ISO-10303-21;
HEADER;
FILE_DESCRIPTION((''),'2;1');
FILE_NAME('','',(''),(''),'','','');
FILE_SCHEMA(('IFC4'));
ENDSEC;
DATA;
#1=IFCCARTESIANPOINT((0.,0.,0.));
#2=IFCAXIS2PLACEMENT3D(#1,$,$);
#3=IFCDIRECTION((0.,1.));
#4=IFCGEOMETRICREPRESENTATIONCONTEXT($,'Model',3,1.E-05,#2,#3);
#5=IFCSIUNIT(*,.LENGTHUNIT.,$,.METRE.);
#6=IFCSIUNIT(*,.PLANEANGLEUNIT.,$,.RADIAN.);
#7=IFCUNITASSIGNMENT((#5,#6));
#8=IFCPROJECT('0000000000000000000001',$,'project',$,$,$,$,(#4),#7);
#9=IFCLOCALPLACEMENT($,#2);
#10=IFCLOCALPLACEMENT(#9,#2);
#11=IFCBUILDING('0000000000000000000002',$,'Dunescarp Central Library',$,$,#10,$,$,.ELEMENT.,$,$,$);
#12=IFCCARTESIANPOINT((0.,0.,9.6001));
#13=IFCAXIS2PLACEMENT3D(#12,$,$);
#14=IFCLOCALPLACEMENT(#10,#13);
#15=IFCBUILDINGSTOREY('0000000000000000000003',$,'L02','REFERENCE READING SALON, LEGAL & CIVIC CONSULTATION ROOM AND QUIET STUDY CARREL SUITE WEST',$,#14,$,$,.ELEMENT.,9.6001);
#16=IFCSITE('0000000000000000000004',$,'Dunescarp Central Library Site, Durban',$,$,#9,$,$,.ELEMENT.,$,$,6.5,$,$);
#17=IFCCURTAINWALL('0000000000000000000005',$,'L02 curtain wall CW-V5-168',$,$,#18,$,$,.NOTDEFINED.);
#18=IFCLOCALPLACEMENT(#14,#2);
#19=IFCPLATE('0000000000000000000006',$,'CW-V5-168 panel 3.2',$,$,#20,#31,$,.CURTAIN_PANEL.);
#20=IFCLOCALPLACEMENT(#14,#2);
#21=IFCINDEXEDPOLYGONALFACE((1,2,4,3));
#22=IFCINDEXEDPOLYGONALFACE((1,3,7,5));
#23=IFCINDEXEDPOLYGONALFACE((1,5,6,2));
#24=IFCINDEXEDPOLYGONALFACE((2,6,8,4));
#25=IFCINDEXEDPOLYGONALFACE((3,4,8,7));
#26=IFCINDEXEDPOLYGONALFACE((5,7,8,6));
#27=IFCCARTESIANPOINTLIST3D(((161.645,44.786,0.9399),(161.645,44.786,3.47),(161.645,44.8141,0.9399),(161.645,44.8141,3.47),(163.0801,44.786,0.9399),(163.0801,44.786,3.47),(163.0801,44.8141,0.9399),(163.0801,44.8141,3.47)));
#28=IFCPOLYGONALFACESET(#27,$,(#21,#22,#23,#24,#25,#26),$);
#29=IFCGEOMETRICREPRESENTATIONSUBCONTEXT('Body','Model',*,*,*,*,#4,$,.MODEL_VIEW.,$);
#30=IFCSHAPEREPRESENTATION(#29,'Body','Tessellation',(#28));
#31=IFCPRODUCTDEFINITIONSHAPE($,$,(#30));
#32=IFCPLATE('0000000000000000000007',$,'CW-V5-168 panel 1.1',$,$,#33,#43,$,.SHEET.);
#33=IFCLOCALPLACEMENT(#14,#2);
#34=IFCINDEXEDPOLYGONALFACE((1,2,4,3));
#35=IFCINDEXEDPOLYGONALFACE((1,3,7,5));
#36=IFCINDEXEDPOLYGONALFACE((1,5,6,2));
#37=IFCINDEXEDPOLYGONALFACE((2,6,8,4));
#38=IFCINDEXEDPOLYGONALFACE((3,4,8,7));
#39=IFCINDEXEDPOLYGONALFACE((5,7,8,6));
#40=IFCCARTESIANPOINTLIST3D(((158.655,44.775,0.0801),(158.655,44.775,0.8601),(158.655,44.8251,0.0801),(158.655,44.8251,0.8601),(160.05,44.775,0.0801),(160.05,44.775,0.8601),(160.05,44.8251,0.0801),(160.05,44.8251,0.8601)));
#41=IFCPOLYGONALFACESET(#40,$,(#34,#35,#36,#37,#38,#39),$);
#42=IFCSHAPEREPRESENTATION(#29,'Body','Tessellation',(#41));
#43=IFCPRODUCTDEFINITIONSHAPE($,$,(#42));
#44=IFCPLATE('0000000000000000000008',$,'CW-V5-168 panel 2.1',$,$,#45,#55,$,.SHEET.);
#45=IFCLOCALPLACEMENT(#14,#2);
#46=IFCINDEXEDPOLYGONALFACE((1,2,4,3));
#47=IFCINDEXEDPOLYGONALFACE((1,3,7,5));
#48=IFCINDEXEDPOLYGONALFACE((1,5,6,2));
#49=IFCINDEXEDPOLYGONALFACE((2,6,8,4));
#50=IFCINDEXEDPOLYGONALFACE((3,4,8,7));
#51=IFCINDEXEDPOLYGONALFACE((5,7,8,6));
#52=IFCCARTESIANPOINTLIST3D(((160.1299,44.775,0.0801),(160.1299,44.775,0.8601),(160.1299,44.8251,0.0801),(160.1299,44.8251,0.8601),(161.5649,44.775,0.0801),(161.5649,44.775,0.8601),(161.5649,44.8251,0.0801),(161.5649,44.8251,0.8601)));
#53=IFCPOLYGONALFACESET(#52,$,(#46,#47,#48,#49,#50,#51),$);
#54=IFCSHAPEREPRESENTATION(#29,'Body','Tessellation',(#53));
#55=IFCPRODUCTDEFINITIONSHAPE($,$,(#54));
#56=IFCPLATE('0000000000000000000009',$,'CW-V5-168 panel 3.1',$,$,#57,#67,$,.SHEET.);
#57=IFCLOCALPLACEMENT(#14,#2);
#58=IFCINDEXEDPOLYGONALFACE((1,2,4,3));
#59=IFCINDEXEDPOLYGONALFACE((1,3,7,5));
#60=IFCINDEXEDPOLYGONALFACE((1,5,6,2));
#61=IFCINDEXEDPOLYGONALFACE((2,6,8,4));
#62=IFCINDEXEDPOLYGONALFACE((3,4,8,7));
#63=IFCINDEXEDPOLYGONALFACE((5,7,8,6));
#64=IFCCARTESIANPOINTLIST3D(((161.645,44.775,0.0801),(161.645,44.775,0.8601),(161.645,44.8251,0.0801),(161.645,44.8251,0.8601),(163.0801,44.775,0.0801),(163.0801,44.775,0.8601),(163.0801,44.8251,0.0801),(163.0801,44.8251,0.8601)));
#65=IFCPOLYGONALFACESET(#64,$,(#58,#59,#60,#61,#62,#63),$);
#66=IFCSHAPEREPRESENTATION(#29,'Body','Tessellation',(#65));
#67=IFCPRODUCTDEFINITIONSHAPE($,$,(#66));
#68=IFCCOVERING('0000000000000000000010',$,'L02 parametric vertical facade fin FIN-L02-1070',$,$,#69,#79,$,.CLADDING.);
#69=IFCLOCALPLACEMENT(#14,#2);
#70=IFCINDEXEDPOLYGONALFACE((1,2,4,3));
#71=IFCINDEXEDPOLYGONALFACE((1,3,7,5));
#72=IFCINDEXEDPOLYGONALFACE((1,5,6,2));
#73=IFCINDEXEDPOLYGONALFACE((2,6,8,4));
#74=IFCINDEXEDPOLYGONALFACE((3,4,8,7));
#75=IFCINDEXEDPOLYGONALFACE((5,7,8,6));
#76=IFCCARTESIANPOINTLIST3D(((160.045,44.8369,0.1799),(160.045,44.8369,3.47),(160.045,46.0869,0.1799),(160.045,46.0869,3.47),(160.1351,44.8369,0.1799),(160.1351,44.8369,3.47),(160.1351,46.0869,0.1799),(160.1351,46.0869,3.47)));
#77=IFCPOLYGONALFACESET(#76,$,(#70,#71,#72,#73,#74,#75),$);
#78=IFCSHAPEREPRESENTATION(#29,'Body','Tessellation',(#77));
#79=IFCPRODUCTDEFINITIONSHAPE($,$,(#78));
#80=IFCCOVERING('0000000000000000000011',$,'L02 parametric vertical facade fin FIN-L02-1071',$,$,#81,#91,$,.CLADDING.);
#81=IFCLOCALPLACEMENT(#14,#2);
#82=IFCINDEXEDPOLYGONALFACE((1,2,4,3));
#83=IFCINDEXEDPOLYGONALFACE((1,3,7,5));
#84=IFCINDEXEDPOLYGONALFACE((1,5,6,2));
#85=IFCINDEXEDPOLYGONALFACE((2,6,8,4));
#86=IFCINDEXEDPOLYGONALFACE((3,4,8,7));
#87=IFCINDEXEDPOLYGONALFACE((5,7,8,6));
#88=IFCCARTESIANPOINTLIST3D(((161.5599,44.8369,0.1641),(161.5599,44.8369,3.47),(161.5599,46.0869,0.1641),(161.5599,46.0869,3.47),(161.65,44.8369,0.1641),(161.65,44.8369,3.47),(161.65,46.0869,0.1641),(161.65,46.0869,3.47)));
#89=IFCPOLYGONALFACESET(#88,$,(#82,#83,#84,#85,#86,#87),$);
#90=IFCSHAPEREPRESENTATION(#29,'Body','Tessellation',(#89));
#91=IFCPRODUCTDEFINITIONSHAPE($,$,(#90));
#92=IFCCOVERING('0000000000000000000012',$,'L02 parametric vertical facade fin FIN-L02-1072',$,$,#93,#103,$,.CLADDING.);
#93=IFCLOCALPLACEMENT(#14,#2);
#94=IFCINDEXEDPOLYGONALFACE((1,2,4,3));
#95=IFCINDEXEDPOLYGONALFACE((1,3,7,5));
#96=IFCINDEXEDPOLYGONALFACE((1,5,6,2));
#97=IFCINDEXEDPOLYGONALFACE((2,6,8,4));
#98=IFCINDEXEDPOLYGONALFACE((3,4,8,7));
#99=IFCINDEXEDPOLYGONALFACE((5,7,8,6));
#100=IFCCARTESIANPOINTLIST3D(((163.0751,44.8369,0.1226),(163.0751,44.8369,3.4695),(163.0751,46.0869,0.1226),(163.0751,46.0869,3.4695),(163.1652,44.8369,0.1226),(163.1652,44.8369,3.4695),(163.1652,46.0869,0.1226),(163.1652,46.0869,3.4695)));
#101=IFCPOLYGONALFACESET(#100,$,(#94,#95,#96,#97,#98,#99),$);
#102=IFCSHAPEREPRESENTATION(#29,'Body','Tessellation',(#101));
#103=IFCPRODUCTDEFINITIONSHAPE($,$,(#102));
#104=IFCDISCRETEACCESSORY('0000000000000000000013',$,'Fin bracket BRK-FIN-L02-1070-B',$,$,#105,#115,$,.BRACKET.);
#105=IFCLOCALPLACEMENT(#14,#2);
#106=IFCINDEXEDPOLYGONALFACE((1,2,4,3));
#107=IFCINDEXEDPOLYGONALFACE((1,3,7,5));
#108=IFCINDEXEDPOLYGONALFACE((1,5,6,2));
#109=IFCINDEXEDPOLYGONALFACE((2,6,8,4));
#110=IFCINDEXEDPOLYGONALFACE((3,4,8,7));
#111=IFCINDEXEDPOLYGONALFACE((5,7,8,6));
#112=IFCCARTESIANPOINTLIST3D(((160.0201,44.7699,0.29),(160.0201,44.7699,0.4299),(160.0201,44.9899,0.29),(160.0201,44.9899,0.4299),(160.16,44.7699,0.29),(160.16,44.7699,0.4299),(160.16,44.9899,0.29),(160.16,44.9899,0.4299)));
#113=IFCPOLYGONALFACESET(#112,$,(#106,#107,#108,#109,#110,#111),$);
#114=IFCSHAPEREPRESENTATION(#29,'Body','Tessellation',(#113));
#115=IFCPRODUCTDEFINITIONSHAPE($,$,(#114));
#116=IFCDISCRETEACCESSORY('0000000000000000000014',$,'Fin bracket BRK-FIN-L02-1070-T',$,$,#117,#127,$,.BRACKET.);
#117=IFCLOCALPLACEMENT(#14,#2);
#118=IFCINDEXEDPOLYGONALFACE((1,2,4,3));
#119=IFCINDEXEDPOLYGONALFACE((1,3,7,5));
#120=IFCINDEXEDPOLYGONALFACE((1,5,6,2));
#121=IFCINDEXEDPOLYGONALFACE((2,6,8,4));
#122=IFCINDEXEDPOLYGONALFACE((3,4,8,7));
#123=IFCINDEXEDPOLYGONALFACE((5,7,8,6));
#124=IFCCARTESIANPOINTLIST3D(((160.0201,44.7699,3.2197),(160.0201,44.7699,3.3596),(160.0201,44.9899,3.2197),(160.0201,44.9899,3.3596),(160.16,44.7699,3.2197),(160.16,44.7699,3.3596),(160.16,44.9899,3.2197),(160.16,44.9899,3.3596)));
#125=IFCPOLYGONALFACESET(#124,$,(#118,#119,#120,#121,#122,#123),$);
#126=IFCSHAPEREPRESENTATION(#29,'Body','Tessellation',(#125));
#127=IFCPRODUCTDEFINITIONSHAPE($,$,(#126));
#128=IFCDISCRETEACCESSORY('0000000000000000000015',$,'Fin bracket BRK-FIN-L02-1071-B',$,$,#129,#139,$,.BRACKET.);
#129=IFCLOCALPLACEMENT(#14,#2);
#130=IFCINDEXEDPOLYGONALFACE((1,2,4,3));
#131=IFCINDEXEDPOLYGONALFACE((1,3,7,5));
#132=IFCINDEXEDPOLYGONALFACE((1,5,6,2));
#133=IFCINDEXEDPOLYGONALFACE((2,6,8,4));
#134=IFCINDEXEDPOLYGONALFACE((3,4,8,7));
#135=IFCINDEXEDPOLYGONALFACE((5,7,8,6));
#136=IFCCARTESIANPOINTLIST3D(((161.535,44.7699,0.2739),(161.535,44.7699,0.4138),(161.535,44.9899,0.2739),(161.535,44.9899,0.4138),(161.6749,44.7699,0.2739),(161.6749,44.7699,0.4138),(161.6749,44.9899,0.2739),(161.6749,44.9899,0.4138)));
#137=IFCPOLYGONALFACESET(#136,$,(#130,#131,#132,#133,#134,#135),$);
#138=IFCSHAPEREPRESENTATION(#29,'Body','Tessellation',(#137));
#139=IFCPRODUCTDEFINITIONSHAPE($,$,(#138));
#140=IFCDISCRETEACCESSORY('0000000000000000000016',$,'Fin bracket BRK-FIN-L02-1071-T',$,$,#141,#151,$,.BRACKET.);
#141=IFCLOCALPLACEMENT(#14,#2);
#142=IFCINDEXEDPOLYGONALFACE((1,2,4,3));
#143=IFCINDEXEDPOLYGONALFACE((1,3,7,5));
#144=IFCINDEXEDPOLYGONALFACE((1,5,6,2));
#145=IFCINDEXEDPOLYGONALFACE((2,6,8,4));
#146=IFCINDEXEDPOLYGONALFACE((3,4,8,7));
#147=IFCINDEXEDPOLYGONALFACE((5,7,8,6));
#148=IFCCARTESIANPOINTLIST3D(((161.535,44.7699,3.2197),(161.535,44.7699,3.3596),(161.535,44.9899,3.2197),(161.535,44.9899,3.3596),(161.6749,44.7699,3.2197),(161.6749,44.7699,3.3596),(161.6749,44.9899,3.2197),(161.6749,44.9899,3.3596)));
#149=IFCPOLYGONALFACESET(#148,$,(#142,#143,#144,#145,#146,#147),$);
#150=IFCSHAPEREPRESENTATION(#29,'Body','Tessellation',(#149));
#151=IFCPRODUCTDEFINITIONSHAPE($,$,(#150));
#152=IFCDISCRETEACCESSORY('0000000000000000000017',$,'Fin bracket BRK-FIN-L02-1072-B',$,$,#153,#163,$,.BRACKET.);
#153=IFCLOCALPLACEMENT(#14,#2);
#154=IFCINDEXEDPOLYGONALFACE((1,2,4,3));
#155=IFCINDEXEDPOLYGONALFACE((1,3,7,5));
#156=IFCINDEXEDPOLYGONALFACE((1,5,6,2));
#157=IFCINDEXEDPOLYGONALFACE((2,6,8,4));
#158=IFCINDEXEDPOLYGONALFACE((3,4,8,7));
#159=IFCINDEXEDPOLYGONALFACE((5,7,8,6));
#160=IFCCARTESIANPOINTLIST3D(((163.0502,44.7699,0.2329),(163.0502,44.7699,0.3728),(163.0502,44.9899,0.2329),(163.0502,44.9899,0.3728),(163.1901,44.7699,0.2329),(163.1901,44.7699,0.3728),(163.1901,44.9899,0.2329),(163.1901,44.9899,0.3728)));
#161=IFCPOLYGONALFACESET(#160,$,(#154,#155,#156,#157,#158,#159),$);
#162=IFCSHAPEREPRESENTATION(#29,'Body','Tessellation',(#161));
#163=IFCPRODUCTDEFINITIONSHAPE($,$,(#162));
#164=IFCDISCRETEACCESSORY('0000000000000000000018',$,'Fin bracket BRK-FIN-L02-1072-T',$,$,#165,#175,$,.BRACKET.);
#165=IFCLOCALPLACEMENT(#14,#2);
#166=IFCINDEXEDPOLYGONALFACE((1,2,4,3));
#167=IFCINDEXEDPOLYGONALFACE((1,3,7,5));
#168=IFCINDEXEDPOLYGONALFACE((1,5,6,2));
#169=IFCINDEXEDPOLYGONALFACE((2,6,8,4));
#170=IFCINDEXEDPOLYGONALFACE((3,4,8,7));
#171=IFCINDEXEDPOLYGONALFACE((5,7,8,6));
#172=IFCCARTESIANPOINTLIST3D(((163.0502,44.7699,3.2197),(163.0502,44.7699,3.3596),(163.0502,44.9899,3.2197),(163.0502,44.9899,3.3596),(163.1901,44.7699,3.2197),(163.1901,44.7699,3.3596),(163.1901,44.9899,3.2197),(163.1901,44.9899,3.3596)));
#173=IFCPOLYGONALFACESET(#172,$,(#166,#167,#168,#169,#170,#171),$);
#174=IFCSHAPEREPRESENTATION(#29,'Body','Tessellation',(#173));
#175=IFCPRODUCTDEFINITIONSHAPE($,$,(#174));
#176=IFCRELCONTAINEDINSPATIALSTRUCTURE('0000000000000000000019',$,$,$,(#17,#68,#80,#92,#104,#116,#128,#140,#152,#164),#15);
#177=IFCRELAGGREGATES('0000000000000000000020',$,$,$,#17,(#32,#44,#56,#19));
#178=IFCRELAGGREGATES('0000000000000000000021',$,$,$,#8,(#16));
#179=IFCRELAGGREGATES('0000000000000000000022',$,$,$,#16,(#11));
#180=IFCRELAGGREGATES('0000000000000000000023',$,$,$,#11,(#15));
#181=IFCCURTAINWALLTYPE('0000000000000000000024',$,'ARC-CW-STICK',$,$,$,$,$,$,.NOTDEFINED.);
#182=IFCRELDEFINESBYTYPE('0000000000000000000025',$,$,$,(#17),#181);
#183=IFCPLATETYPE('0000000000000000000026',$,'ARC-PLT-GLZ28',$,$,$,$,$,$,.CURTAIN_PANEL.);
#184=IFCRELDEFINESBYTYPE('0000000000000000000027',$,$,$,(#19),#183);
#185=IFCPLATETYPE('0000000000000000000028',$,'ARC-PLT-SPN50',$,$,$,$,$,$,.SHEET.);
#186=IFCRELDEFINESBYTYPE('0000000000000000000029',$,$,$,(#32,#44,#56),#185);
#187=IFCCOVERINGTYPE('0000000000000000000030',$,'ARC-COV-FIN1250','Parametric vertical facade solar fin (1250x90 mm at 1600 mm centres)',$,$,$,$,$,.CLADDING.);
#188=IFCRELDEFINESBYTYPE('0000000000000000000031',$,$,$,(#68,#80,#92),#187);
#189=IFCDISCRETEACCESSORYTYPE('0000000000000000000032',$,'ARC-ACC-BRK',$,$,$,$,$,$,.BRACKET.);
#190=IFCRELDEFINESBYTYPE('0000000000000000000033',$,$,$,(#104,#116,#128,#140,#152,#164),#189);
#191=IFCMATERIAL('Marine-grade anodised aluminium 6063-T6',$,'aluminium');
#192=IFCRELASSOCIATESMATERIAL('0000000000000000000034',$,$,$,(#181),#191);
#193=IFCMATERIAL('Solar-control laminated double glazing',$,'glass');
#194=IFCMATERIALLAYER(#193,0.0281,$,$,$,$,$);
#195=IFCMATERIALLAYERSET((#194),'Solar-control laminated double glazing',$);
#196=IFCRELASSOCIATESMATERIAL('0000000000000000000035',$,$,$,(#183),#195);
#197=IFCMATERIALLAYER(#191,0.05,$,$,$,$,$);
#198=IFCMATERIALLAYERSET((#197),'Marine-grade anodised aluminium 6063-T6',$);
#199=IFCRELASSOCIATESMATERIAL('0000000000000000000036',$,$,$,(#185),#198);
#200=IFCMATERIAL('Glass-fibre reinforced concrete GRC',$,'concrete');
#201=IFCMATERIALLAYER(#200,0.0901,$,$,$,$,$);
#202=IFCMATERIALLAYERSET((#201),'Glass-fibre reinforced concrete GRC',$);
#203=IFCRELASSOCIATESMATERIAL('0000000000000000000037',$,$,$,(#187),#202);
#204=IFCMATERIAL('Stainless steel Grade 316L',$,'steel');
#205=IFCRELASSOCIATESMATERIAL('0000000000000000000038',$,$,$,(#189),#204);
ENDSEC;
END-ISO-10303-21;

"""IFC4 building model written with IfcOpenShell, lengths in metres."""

from ifc_helpers import new_model, si_unit, direction, frame, origin, origin_2d, place, context, subcontext, project, spatial, rectangle, extrude, material, layer, layer_set, type_object, element, aggregate, save


model = new_model("IFC4")

# Units and contexts
model_context = context("Model", 3, precision=1e-05, world=origin(), true_north=direction((0.0, 1.0)))
body_context = subcontext(model_context, "Body", "Model", "MODEL_VIEW")
ifc_project = project(units=[si_unit("LENGTHUNIT", "METRE"), si_unit("PLANEANGLEUNIT", "RADIAN")], contexts=[model_context])

# Site, building, storey
site_placement = place(None, origin())
site = spatial("IfcSite", under=ifc_project, at=site_placement, Name="Dunescarp Central Library Site, Durban", CompositionType="ELEMENT", RefElevation=6.5)
building_placement = place(site_placement, origin())
building = spatial("IfcBuilding", under=site, at=building_placement, Name="Dunescarp Central Library", CompositionType="ELEMENT")
storey_placement = place(building_placement, frame((0.0, 0.0, 9.6001)))
storey = spatial("IfcBuildingStorey", under=building, at=storey_placement, Name="L02", Description="REFERENCE READING SALON, LEGAL & CIVIC CONSULTATION ROOM AND QUIET STUDY CARREL SUITE WEST", CompositionType="ELEMENT", Elevation=9.6001)

# Curtain wall, plates
ifc_material_1 = material(Name="Marine-grade anodised aluminium 6063-T6", Category="aluminium")
curtain_wall_type = type_object("IfcCurtainWallType", Name="ARC-CW-STICK", PredefinedType="NOTDEFINED", material=ifc_material_1)
curtain_wall_placement = place(storey_placement, origin())
curtain_wall = element("IfcCurtainWall", 1, at=curtain_wall_placement, inside=storey, type_object=curtain_wall_type, Name="L02 curtain wall CW-V5-168", PredefinedType="NOTDEFINED")
ifc_material_2 = material(Name="Solar-control laminated double glazing", Category="glass")
ifc_layer_1 = layer(ifc_material_2, 0.0281)
ifc_layer_set_1 = layer_set([ifc_layer_1], Name="Solar-control laminated double glazing")
plate_type_1 = type_object("IfcPlateType", Name="ARC-PLT-GLZ28", PredefinedType="CURTAIN_PANEL", material=ifc_layer_set_1)
plate_1_placement = place(storey_placement, frame((162.3625, 44.8, 0.9399), z_axis=(0.0, 0.0, 1.0), x_axis=(1.0, 0.0, 0.0)))
plate_1 = element("IfcPlate", 2, at=plate_1_placement, type_object=plate_type_1, Name="CW-V5-168 panel 3.2", PredefinedType="CURTAIN_PANEL", context=body_context, shape_type="SweptSolid", body=[
    extrude(rectangle(XDim=1.4351, YDim=0.0281, at=origin_2d()), origin(), (0.0, 0.0, 1.0), 2.53),
])
ifc_layer_2 = layer(ifc_material_1, 0.05)
ifc_layer_set_2 = layer_set([ifc_layer_2], Name="Marine-grade anodised aluminium 6063-T6")
plate_type_2 = type_object("IfcPlateType", Name="ARC-PLT-SPN50", PredefinedType="SHEET", material=ifc_layer_set_2)
plate_2_placement = place(storey_placement, frame((159.3525, 44.8, 0.0801), z_axis=(0.0, 0.0, 1.0), x_axis=(1.0, 0.0, 0.0)))
plate_2 = element("IfcPlate", 3, at=plate_2_placement, type_object=plate_type_2, Name="CW-V5-168 panel 1.1", PredefinedType="SHEET", context=body_context, shape_type="SweptSolid", body=[
    extrude(rectangle(XDim=1.395, YDim=0.05, at=origin_2d()), origin(), (0.0, 0.0, 1.0), 0.78),
])
plate_3_placement = place(storey_placement, frame((160.8474, 44.8, 0.0801), z_axis=(0.0, 0.0, 1.0), x_axis=(1.0, 0.0, 0.0)))
plate_3 = element("IfcPlate", 4, at=plate_3_placement, type_object=plate_type_2, Name="CW-V5-168 panel 2.1", PredefinedType="SHEET", context=body_context, shape_type="SweptSolid", body=[
    extrude(rectangle(XDim=1.4351, YDim=0.05, at=origin_2d()), origin(), (0.0, 0.0, 1.0), 0.78),
])
plate_4_placement = place(storey_placement, frame((162.3625, 44.8, 0.0801), z_axis=(0.0, 0.0, 1.0), x_axis=(1.0, 0.0, 0.0)))
plate_4 = element("IfcPlate", 5, at=plate_4_placement, type_object=plate_type_2, Name="CW-V5-168 panel 3.1", PredefinedType="SHEET", context=body_context, shape_type="SweptSolid", body=[
    extrude(rectangle(XDim=1.4351, YDim=0.05, at=origin_2d()), origin(), (0.0, 0.0, 1.0), 0.78),
])
aggregate(curtain_wall, [plate_2, plate_3, plate_4, plate_1])

# Coverings
ifc_material_3 = material(Name="Glass-fibre reinforced concrete GRC", Category="concrete")
ifc_layer_3 = layer(ifc_material_3, 0.0901)
ifc_layer_set_3 = layer_set([ifc_layer_3], Name="Glass-fibre reinforced concrete GRC")
covering_type = type_object("IfcCoveringType", Name="ARC-COV-FIN1250", Description="Parametric vertical facade solar fin (1250x90 mm at 1600 mm centres)", PredefinedType="CLADDING", material=ifc_layer_set_3)
covering_1_placement = place(storey_placement, frame((160.0901, 45.4619, 0.1799), z_axis=(0.0, 0.0, 1.0), x_axis=(0.0, 1.0, 0.0)))
element("IfcCovering", 6, at=covering_1_placement, inside=storey, type_object=covering_type, Name="L02 parametric vertical facade fin FIN-L02-1070", PredefinedType="CLADDING", context=body_context, shape_type="SweptSolid", body=[
    extrude(rectangle(XDim=1.25, YDim=0.0901, at=origin_2d()), origin(), (0.0, 0.0, 1.0), 3.29),
])
covering_2_placement = place(storey_placement, frame((161.605, 45.4619, 0.1641), z_axis=(0.0, 0.0, 1.0), x_axis=(0.0, 1.0, 0.0)))
element("IfcCovering", 7, at=covering_2_placement, inside=storey, type_object=covering_type, Name="L02 parametric vertical facade fin FIN-L02-1071", PredefinedType="CLADDING", context=body_context, shape_type="SweptSolid", body=[
    extrude(rectangle(XDim=1.25, YDim=0.0901, at=origin_2d()), origin(), (0.0, 0.0, 1.0), 3.3059),
])
covering_3_placement = place(storey_placement, frame((163.1201, 45.4619, 0.1226), z_axis=(0.0, 0.0, 1.0), x_axis=(0.0, 1.0, 0.0)))
element("IfcCovering", 8, at=covering_3_placement, inside=storey, type_object=covering_type, Name="L02 parametric vertical facade fin FIN-L02-1072", PredefinedType="CLADDING", context=body_context, shape_type="SweptSolid", body=[
    extrude(rectangle(XDim=1.25, YDim=0.0901, at=origin_2d()), origin(), (0.0, 0.0, 1.0), 3.3469),
])

# Discrete accessories
ifc_material_4 = material(Name="Stainless steel Grade 316L", Category="steel")
discrete_accessory_type = type_object("IfcDiscreteAccessoryType", Name="ARC-ACC-BRK", PredefinedType="BRACKET", material=ifc_material_4)
for number, where, z_axis, x_axis, name in (
    (9, (160.0901, 44.8799, 0.29), (0.0, 0.0, 1.0), (0.0, 1.0, 0.0), "Fin bracket BRK-FIN-L02-1070-B"),
    (10, (160.0901, 44.8799, 3.2197), (0.0, 0.0, 1.0), (0.0, 1.0, 0.0), "Fin bracket BRK-FIN-L02-1070-T"),
    (11, (161.605, 44.8799, 0.2739), (0.0, 0.0, 1.0), (0.0, 1.0, 0.0), "Fin bracket BRK-FIN-L02-1071-B"),
    (12, (161.605, 44.8799, 3.2197), (0.0, 0.0, 1.0), (0.0, 1.0, 0.0), "Fin bracket BRK-FIN-L02-1071-T"),
    (13, (163.1201, 44.8799, 0.2329), (0.0, 0.0, 1.0), (0.0, 1.0, 0.0), "Fin bracket BRK-FIN-L02-1072-B"),
    (14, (163.1201, 44.8799, 3.2197), (0.0, 0.0, 1.0), (0.0, 1.0, 0.0), "Fin bracket BRK-FIN-L02-1072-T"),
):
    element("IfcDiscreteAccessory", number, at=place(storey_placement, frame(where, z_axis=z_axis, x_axis=x_axis)), inside=storey, type_object=discrete_accessory_type, Name=name, PredefinedType="BRACKET", context=body_context, shape_type="SweptSolid", body=[
        extrude(rectangle(XDim=0.22, YDim=0.1399, at=origin_2d()), origin(), (0.0, 0.0, 1.0), 0.1399),
    ])

save(model, "model.ifc")
